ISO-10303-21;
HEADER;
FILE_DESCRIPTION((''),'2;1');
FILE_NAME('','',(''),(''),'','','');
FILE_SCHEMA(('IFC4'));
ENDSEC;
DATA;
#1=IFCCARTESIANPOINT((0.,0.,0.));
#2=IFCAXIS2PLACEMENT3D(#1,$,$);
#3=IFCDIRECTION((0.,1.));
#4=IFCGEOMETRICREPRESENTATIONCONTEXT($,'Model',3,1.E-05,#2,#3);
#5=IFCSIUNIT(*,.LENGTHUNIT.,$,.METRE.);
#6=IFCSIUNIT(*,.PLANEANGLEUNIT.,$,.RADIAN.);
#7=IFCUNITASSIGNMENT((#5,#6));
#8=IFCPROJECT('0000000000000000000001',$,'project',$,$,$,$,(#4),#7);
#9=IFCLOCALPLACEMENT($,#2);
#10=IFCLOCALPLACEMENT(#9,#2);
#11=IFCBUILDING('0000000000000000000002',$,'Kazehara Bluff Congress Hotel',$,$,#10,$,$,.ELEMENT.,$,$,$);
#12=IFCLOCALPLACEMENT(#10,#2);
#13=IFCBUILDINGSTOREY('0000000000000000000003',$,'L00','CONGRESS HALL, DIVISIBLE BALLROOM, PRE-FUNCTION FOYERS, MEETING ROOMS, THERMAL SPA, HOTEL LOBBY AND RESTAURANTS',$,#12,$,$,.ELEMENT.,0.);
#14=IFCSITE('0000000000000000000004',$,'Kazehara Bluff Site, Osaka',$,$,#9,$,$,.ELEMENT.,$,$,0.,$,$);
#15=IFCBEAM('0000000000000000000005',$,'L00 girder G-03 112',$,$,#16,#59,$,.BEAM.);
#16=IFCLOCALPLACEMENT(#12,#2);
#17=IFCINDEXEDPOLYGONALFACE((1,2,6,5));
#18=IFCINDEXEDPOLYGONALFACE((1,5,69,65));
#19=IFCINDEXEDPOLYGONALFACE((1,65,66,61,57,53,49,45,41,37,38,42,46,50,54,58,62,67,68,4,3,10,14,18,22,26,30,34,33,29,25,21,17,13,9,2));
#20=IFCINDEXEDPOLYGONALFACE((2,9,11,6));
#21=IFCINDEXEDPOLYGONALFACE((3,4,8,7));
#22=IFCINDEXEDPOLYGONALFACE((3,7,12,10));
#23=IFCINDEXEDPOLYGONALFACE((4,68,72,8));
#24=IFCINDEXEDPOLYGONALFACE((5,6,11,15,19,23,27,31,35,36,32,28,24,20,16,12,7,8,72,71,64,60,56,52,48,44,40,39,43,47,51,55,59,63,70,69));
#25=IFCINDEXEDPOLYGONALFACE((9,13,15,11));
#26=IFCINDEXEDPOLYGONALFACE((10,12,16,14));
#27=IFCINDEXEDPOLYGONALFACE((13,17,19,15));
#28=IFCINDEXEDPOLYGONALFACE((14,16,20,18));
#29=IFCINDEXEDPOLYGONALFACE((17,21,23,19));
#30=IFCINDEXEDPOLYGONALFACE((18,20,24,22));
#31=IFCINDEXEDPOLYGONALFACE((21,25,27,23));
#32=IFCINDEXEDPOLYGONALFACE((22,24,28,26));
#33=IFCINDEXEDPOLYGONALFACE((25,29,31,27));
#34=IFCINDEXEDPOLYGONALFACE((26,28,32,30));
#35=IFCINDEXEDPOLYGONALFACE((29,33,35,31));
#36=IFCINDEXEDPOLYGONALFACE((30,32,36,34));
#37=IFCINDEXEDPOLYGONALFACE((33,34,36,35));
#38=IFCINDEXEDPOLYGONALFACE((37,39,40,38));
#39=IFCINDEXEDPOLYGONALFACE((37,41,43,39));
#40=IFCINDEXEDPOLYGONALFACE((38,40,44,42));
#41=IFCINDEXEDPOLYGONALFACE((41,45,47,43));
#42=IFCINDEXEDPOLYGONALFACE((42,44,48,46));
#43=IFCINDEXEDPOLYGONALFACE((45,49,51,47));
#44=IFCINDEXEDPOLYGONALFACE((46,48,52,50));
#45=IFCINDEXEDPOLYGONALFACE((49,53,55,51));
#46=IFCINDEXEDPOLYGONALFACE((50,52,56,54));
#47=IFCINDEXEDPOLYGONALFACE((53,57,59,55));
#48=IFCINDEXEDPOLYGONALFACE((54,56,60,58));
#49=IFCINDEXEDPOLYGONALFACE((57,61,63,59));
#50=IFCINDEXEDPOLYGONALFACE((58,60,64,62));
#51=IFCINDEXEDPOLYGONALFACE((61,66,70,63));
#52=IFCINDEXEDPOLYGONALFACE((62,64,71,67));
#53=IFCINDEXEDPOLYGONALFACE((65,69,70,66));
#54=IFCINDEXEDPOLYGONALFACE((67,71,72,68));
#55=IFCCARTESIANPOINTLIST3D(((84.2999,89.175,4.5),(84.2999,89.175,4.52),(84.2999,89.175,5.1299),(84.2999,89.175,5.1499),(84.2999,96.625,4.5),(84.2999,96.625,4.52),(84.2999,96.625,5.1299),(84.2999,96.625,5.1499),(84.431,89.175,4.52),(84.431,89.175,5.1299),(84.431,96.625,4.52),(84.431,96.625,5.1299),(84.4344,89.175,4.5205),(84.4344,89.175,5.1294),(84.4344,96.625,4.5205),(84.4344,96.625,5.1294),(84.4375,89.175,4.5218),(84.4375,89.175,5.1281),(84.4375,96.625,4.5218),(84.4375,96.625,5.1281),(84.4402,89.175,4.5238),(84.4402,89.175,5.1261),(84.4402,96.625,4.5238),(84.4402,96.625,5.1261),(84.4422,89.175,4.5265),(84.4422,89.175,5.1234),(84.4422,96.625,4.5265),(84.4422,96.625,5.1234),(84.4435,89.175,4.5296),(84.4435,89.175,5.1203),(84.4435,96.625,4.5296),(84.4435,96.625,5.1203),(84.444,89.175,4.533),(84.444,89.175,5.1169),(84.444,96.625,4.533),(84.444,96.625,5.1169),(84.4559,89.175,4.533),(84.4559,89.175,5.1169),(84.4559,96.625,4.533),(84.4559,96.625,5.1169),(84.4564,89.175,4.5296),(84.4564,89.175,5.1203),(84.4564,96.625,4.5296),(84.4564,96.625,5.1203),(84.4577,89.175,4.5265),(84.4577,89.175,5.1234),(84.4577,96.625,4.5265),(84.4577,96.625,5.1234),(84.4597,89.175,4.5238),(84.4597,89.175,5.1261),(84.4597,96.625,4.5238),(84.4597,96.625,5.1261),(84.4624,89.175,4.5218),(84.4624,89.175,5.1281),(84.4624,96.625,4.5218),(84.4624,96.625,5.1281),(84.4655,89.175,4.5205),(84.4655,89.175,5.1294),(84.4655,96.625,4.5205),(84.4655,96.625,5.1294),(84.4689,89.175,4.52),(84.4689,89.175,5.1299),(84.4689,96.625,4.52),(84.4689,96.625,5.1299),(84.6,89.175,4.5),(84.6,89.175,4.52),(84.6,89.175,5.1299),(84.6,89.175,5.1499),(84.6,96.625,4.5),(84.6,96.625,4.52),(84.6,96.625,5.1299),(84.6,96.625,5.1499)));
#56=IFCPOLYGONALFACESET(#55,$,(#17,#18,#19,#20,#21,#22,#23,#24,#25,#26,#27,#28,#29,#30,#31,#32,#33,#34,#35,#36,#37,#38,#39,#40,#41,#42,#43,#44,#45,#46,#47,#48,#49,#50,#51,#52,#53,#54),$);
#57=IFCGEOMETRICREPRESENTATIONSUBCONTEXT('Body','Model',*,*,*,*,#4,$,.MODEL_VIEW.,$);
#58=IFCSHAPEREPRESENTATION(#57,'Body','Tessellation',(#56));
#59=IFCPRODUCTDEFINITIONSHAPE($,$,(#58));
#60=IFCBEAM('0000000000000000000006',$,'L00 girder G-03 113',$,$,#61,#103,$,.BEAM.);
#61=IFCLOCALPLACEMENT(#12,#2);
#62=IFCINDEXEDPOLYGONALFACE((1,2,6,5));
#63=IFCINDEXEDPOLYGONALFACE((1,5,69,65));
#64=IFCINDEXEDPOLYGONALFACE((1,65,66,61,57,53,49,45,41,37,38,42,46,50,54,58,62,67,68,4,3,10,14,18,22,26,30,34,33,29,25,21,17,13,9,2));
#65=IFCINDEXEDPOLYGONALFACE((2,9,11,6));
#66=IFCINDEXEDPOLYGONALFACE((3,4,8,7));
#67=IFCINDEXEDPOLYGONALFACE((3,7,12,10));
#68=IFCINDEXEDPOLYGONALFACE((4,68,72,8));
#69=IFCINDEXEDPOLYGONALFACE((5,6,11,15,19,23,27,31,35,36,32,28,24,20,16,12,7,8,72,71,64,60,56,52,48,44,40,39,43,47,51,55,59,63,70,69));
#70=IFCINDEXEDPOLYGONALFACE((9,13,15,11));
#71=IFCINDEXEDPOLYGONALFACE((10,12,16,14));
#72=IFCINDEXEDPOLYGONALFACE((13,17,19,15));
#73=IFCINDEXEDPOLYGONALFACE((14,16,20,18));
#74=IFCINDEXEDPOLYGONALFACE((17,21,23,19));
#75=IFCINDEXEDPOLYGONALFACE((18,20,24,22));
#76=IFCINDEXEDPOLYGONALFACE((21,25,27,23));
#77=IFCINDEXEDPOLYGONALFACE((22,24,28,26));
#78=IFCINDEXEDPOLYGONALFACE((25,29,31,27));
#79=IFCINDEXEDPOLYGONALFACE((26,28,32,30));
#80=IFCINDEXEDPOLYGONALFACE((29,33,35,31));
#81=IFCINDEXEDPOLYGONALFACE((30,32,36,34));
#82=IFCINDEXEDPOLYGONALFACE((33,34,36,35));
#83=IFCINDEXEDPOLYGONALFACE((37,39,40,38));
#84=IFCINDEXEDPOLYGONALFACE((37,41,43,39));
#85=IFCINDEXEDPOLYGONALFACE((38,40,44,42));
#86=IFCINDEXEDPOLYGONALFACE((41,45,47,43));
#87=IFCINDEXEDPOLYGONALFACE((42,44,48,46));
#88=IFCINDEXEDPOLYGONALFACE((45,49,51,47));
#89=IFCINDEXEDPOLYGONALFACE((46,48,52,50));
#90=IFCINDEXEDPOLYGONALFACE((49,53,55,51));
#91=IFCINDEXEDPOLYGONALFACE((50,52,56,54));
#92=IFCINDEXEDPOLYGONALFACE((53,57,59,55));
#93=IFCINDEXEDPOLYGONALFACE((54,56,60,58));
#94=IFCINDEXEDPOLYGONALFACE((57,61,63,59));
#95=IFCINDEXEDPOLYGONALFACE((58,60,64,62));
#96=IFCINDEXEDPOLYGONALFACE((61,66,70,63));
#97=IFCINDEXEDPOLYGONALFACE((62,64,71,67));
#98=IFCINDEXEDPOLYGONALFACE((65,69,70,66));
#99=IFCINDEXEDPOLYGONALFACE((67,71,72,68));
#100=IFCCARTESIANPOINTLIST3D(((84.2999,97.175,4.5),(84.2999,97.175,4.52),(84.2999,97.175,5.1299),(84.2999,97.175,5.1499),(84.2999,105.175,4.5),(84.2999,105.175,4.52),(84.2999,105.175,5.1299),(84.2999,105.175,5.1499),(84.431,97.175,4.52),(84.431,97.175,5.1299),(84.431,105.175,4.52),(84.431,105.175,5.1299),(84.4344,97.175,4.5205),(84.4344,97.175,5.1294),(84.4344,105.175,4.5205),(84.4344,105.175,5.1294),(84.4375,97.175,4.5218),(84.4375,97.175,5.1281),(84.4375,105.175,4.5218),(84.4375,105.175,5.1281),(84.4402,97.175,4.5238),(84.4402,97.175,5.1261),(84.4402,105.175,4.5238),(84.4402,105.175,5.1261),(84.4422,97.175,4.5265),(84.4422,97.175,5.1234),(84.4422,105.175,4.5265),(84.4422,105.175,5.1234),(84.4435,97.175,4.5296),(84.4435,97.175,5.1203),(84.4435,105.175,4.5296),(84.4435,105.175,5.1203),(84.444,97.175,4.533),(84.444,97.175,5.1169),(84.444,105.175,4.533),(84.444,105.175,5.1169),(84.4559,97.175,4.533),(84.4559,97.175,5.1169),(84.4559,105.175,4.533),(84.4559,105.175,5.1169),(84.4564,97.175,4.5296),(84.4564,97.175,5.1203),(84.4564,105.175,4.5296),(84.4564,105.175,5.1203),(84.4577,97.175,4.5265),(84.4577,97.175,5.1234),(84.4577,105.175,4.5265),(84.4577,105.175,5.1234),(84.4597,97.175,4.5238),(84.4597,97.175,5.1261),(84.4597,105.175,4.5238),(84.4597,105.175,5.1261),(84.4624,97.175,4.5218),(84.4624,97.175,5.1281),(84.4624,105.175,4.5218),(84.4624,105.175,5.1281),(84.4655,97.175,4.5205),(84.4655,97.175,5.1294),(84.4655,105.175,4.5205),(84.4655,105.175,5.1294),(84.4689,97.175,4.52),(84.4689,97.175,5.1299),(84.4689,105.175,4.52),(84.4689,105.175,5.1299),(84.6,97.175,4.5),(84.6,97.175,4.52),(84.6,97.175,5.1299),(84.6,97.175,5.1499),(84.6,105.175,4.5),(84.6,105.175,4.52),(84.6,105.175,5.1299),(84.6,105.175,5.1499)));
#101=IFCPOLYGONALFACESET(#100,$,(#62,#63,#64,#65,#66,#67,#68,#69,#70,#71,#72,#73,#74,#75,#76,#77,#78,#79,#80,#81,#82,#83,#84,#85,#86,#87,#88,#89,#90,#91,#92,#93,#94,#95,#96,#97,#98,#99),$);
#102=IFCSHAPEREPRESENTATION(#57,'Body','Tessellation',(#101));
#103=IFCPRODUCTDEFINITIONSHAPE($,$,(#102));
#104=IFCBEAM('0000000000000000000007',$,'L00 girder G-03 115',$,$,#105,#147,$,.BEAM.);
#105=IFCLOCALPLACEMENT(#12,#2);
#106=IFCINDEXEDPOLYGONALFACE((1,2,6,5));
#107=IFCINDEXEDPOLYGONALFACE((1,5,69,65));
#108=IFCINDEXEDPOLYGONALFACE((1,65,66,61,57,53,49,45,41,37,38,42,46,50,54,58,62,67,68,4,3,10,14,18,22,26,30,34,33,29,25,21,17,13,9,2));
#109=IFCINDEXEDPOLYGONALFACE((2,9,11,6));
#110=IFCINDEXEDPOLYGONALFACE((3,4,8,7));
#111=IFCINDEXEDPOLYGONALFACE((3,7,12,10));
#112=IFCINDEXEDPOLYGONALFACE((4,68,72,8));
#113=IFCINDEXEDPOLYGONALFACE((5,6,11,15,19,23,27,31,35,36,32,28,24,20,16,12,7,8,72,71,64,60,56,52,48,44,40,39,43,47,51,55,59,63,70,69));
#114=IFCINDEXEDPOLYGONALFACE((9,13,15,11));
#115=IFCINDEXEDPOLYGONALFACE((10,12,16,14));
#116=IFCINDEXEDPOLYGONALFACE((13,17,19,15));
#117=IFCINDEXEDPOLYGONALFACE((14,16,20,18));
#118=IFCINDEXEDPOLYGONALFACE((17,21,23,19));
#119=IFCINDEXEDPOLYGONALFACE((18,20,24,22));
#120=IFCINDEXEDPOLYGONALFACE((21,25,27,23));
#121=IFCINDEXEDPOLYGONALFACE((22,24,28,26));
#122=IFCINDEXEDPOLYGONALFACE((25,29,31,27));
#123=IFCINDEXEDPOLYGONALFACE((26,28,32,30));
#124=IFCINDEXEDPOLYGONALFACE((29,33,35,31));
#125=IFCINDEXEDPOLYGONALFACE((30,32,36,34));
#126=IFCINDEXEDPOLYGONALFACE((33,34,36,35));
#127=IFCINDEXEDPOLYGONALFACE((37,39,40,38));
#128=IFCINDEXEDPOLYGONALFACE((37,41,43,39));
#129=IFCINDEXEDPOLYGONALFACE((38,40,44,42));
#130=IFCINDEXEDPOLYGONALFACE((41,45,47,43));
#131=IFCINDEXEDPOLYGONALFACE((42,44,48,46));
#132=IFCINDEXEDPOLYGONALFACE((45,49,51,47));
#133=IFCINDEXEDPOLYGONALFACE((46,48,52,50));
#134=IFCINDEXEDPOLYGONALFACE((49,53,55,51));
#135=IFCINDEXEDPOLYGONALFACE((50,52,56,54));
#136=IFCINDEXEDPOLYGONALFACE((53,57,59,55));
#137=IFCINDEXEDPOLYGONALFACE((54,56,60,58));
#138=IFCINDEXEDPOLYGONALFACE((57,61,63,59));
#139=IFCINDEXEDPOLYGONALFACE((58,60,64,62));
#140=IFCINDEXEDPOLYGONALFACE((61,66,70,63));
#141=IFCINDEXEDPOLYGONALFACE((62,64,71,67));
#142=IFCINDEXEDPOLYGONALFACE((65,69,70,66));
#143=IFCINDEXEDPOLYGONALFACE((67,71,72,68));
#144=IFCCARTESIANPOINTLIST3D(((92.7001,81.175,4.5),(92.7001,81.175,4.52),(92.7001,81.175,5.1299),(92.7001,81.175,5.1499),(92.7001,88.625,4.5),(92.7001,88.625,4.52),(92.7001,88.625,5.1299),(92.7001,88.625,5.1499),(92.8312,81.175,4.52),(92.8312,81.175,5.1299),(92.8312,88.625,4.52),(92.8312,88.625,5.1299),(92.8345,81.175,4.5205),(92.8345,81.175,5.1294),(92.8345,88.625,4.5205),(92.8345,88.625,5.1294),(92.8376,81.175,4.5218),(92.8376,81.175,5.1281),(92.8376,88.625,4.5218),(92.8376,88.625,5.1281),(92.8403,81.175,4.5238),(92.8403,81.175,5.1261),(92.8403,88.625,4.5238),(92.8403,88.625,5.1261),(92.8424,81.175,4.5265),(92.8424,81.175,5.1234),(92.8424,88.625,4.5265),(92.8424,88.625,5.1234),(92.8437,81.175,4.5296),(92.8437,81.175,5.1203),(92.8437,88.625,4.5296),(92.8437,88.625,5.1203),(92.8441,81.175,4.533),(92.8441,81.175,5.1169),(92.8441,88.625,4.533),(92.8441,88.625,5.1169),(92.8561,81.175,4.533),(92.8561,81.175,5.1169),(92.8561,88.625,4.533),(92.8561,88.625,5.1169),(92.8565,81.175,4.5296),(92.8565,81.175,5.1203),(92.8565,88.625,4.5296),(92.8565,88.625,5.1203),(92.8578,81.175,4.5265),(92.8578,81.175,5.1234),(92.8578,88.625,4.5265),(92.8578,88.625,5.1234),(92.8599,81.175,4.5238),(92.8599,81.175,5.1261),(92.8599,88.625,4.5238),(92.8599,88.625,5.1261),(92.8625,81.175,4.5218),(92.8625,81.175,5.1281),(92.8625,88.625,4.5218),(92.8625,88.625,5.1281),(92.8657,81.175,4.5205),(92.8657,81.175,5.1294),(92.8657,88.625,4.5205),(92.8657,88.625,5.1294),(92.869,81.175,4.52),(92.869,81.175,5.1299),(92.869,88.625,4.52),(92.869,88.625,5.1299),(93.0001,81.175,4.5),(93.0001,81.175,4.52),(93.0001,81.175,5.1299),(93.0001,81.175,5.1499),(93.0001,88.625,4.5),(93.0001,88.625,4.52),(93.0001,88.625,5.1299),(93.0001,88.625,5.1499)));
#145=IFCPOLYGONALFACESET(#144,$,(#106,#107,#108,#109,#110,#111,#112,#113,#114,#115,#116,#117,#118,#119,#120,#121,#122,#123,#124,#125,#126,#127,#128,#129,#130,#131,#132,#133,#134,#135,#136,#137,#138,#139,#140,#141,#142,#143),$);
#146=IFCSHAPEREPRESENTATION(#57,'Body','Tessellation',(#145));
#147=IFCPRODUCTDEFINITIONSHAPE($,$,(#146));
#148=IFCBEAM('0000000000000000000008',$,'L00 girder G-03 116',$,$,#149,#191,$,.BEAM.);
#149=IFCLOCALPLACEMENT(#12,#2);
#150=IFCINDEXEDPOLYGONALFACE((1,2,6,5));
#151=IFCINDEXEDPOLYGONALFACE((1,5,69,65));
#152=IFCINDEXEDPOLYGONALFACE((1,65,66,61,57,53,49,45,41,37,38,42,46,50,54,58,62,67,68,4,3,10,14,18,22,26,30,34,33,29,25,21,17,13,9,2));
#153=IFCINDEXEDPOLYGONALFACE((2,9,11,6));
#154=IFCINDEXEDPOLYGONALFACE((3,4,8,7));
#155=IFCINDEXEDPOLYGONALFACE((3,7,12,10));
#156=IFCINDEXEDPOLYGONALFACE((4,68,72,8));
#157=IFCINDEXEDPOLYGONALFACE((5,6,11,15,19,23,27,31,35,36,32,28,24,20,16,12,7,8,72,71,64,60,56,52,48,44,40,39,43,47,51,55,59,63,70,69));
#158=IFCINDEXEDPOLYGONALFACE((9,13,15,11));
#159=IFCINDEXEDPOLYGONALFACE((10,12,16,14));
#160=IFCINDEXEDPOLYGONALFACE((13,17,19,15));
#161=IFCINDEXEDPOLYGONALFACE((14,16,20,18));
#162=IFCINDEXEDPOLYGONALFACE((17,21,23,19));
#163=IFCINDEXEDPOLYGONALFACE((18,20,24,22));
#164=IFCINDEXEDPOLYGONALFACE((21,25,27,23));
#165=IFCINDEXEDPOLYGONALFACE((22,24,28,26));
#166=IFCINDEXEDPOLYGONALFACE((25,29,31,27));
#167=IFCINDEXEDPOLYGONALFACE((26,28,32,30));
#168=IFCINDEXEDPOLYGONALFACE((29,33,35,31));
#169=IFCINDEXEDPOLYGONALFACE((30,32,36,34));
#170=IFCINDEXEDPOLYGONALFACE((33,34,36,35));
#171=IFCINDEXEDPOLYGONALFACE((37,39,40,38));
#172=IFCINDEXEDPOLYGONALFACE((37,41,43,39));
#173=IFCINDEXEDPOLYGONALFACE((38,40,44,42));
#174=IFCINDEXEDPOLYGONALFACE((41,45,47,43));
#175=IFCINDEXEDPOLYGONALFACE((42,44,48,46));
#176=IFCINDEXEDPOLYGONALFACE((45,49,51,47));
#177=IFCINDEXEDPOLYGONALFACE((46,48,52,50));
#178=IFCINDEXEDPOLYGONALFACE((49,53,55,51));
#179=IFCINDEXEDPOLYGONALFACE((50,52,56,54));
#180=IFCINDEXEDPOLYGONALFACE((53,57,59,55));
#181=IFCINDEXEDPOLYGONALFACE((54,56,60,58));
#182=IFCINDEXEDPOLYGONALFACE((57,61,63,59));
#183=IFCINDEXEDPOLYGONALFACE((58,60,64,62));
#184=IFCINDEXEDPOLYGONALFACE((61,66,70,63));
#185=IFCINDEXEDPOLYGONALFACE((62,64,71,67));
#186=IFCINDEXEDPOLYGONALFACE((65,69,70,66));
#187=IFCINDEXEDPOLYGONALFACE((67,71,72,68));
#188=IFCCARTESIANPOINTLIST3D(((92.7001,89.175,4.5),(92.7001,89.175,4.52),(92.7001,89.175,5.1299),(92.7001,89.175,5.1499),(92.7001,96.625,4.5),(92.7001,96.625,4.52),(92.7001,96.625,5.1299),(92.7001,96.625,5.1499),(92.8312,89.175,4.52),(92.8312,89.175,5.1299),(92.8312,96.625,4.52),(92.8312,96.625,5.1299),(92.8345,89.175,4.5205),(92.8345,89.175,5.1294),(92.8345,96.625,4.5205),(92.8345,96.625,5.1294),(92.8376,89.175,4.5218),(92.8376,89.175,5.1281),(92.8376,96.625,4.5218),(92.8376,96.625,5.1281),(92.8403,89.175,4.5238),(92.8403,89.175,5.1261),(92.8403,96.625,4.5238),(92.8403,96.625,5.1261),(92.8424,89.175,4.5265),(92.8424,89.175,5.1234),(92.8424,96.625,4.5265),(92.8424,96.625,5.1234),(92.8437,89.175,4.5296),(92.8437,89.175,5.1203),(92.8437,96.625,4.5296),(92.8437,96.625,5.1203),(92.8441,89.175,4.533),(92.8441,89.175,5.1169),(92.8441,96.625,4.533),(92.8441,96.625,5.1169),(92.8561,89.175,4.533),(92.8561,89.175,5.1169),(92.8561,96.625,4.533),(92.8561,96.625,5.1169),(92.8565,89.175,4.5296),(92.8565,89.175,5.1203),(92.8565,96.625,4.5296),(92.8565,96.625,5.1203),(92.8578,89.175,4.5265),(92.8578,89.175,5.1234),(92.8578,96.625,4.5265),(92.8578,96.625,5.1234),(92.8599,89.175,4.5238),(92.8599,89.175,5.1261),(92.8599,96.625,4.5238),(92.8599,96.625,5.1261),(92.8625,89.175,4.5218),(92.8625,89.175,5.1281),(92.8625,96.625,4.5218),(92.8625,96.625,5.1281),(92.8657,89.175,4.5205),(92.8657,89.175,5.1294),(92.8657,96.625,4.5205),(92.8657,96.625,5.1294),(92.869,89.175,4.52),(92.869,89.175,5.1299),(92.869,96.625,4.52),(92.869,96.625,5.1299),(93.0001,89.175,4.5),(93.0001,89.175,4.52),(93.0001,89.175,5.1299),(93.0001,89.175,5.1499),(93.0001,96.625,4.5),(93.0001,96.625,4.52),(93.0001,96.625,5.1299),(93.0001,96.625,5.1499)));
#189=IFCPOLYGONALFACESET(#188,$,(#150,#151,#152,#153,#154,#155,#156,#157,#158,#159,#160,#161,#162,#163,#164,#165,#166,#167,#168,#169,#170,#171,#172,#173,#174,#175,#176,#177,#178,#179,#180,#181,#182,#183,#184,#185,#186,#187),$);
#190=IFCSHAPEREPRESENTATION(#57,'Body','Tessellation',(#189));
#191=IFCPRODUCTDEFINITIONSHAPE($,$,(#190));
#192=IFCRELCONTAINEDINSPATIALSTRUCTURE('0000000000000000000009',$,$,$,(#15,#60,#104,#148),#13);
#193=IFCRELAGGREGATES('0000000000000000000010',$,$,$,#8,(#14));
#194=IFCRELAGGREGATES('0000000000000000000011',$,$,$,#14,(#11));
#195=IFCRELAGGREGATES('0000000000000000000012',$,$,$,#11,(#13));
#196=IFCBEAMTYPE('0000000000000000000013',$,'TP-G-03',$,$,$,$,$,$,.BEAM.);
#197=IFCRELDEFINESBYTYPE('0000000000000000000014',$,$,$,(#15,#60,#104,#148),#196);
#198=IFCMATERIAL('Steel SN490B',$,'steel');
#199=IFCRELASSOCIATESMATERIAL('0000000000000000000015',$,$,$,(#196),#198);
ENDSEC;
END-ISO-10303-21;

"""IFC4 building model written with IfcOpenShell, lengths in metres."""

from ifc_helpers import new_model, si_unit, direction, frame, origin, origin_2d, place, context, subcontext, project, spatial, i_section, extrude, material, material_profile, profile_set, type_object, element, save


model = new_model("IFC4")

# Units and contexts
model_context = context("Model", 3, precision=1e-05, world=origin(), true_north=direction((0.0, 1.0)))
body_context = subcontext(model_context, "Body", "Model", "MODEL_VIEW")
ifc_project = project(units=[si_unit("LENGTHUNIT", "METRE"), si_unit("PLANEANGLEUNIT", "RADIAN")], contexts=[model_context])

# Site, building, storey
site_placement = place(None, origin())
site = spatial("IfcSite", under=ifc_project, at=site_placement, Name="Kazehara Bluff Site, Osaka", CompositionType="ELEMENT", RefElevation=0.0)
building_placement = place(site_placement, origin())
building = spatial("IfcBuilding", under=site, at=building_placement, Name="Kazehara Bluff Congress Hotel", CompositionType="ELEMENT")
storey_placement = place(building_placement, origin())
storey = spatial("IfcBuildingStorey", under=building, at=storey_placement, Name="L00", Description="CONGRESS HALL, DIVISIBLE BALLROOM, PRE-FUNCTION FOYERS, MEETING ROOMS, THERMAL SPA, HOTEL LOBBY AND RESTAURANTS", CompositionType="ELEMENT", Elevation=0.0)

# Beams
ifc_material_1 = material(Name="Steel SN490B", Category="steel")
ifc_material_profile_1 = material_profile(ifc_material_1, i_section(OverallWidth=0.3, OverallDepth=0.6499, WebThickness=0.012, FlangeThickness=0.02, FilletRadius=0.0129, at=origin_2d()))
ifc_profile_set_1 = profile_set([ifc_material_profile_1], Name="Steel SN490B")
beam_type_1 = type_object("IfcBeamType", Name="TP-G-03", PredefinedType="BEAM", material=ifc_profile_set_1)
for number, where, z_axis, x_axis, name in (
    (1, (84.45, 89.175, 4.825), (0.0, 1.0, 0.0), (-1.0, 0.0, 0.0), "L00 girder G-03 112"),
):
    element("IfcBeam", number, at=place(storey_placement, frame(where, z_axis=z_axis, x_axis=x_axis)), inside=storey, type_object=beam_type_1, Name=name, PredefinedType="BEAM", context=body_context, shape_type="SweptSolid", body=[
        extrude(i_section(OverallWidth=0.3, OverallDepth=0.6499, WebThickness=0.012, FlangeThickness=0.02, FilletRadius=0.0129, at=origin_2d()), origin(), (0.0, 0.0, 1.0), 7.45),
    ])
beam_1_placement = place(storey_placement, frame((84.45, 97.175, 4.825), z_axis=(0.0, 1.0, 0.0), x_axis=(-1.0, 0.0, 0.0)))
element("IfcBeam", 2, at=beam_1_placement, inside=storey, type_object=beam_type_1, Name="L00 girder G-03 113", PredefinedType="BEAM", context=body_context, shape_type="SweptSolid", body=[
    extrude(i_section(OverallWidth=0.3, OverallDepth=0.6499, WebThickness=0.012, FlangeThickness=0.02, FilletRadius=0.0129, at=origin_2d()), origin(), (0.0, 0.0, 1.0), 8.0),
])
for number, where, z_axis, x_axis, name in (
    (3, (92.8501, 81.175, 4.825), (0.0, 1.0, 0.0), (-1.0, 0.0, 0.0), "L00 girder G-03 115"),
    (4, (92.8501, 89.175, 4.825), (0.0, 1.0, 0.0), (-1.0, 0.0, 0.0), "L00 girder G-03 116"),
):
    element("IfcBeam", number, at=place(storey_placement, frame(where, z_axis=z_axis, x_axis=x_axis)), inside=storey, type_object=beam_type_1, Name=name, PredefinedType="BEAM", context=body_context, shape_type="SweptSolid", body=[
        extrude(i_section(OverallWidth=0.3, OverallDepth=0.6499, WebThickness=0.012, FlangeThickness=0.02, FilletRadius=0.0129, at=origin_2d()), origin(), (0.0, 0.0, 1.0), 7.45),
    ])

save(model, "model.ifc")
